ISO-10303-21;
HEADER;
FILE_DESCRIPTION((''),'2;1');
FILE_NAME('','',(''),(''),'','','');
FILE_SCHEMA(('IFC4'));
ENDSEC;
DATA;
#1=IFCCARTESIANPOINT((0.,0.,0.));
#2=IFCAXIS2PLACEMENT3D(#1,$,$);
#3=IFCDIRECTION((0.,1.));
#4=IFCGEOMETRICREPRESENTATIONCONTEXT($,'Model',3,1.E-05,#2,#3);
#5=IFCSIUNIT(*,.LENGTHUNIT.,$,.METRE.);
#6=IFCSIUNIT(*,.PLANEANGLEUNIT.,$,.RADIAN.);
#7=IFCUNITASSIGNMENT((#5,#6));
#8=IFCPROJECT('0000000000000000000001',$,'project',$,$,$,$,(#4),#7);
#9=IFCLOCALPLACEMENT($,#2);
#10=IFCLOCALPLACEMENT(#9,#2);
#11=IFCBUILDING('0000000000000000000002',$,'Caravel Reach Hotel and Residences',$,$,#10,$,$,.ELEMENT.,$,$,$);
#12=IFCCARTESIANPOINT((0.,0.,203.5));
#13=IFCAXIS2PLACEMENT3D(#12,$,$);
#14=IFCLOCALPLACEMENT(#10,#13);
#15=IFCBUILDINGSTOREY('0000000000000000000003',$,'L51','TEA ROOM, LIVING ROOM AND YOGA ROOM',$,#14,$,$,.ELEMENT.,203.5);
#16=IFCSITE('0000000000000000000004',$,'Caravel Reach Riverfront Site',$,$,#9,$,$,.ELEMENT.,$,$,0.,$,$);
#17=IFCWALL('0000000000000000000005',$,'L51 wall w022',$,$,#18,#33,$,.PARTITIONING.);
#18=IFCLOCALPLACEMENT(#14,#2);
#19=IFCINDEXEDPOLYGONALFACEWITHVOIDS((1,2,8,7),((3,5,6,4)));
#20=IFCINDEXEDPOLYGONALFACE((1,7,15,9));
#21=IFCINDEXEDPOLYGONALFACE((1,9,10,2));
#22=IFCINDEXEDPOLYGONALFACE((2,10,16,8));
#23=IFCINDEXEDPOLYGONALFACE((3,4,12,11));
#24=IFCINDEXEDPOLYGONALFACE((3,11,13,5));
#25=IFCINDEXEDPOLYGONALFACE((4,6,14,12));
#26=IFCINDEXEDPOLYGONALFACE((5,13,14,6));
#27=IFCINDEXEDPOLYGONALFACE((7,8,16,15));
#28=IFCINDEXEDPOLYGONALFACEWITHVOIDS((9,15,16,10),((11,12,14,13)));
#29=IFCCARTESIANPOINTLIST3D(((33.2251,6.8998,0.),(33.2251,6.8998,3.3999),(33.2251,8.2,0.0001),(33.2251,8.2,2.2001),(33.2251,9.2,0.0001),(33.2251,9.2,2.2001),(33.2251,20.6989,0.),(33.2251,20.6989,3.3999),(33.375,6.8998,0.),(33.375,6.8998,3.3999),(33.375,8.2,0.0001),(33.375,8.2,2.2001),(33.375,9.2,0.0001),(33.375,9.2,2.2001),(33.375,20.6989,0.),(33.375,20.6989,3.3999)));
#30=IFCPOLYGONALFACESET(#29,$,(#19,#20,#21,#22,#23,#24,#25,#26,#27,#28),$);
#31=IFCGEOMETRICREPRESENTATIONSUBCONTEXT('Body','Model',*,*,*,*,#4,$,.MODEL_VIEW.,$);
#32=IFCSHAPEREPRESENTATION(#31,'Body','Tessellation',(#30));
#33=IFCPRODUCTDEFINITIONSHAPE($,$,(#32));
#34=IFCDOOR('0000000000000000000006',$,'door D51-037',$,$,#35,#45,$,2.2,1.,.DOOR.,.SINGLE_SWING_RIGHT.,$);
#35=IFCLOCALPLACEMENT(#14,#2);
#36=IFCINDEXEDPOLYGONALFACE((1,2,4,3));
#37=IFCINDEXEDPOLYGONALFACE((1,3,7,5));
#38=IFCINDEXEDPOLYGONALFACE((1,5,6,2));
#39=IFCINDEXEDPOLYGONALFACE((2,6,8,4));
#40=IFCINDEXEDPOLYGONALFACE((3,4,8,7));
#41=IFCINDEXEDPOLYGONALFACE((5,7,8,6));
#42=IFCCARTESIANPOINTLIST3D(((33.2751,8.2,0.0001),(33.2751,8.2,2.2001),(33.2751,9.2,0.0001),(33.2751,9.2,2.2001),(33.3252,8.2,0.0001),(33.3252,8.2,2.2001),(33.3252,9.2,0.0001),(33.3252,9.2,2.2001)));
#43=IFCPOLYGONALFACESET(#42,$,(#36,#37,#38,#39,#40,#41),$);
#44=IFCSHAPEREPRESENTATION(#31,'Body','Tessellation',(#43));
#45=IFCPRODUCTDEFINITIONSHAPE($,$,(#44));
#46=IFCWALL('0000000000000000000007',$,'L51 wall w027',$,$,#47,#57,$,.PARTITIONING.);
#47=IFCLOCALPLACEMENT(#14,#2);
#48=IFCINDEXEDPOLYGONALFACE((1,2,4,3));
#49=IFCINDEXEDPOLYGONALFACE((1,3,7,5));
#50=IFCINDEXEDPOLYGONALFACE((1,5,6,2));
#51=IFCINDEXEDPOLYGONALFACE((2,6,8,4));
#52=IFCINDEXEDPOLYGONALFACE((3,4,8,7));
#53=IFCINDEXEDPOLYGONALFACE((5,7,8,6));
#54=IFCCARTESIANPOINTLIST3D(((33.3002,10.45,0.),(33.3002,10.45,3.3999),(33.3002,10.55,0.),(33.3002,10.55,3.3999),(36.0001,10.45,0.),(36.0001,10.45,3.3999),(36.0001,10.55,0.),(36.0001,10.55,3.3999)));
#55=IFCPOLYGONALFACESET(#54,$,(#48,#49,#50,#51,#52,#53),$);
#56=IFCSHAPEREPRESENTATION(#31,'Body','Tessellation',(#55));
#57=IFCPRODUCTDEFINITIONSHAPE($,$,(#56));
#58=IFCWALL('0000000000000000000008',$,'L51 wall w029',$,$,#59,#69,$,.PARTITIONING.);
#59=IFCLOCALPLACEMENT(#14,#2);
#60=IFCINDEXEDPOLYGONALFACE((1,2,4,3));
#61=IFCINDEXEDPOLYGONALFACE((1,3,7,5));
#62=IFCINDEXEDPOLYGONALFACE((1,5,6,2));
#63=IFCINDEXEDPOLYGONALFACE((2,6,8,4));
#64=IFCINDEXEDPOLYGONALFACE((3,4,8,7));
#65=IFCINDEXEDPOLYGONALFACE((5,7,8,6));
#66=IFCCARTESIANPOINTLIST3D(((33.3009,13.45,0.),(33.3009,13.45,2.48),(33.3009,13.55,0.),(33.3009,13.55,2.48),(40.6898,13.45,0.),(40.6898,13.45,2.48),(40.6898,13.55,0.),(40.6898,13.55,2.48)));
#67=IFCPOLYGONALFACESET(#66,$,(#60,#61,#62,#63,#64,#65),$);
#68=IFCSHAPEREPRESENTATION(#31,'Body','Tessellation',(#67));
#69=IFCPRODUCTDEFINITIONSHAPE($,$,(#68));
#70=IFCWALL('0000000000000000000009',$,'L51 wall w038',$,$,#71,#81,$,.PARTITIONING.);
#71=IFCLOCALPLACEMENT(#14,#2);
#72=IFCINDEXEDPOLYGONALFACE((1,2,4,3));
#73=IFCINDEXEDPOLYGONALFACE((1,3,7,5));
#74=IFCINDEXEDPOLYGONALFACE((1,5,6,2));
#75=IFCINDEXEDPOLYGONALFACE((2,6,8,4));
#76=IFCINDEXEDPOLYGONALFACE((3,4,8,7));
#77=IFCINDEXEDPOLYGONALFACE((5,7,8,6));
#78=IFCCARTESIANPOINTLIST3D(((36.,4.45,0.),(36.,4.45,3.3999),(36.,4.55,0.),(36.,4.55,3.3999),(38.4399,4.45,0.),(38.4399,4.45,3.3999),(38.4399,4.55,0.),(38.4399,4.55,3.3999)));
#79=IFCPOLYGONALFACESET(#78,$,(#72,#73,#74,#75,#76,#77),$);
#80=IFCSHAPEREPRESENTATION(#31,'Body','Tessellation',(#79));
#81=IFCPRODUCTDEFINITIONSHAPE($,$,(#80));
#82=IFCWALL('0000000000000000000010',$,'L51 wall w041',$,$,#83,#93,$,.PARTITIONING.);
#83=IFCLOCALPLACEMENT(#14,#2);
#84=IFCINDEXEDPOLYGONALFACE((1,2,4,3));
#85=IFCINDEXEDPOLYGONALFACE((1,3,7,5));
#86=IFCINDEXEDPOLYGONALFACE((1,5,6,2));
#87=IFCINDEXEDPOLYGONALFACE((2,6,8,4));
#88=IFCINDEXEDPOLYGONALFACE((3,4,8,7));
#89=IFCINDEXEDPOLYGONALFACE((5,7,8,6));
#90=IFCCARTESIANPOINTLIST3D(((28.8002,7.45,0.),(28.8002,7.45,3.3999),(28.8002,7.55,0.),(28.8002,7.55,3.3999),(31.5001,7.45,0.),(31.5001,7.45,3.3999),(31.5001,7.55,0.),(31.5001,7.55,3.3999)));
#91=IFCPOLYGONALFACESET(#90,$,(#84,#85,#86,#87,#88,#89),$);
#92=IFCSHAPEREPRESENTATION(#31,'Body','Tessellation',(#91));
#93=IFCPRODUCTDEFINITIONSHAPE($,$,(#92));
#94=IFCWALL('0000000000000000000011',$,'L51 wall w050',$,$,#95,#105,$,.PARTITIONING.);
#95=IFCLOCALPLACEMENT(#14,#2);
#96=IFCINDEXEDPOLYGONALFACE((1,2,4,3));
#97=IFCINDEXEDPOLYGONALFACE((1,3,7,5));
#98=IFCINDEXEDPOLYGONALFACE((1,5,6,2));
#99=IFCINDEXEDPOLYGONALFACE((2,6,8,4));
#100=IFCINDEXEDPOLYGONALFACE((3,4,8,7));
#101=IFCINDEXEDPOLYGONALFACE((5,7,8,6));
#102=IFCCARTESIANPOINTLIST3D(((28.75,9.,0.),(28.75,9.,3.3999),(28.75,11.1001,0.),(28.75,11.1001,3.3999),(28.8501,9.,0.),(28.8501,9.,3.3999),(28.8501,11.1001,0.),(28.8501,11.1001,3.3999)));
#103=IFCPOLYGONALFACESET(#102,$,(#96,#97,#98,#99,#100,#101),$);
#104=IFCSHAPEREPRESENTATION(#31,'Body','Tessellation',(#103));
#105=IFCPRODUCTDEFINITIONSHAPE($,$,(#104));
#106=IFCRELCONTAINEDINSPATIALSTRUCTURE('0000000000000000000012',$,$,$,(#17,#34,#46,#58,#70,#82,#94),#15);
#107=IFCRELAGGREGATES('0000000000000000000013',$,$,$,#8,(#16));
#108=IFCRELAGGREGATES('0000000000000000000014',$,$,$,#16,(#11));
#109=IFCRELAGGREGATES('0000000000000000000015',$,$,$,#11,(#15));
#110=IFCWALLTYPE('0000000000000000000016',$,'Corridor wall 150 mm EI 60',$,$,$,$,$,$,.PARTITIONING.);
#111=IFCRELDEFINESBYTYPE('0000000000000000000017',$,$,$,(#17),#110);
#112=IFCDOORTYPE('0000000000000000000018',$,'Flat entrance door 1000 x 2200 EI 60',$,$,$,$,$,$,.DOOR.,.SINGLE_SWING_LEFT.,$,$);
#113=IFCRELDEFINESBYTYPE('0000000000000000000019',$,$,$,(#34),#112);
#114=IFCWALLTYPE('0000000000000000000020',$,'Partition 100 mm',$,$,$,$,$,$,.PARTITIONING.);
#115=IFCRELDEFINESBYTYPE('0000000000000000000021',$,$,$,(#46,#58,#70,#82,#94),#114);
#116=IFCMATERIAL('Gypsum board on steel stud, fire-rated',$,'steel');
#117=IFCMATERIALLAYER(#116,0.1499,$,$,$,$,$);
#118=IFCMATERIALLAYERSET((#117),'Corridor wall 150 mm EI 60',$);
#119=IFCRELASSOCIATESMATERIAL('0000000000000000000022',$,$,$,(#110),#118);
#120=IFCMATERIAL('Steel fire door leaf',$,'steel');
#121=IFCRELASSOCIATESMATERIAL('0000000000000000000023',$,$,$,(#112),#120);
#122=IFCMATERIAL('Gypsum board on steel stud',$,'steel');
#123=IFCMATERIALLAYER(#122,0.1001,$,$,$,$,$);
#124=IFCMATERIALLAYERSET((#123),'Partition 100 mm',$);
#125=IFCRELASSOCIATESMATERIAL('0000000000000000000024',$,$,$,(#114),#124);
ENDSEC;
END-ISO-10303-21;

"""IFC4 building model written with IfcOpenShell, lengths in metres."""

from ifc_helpers import new_model, si_unit, direction, frame, frame_2d, origin, place, context, subcontext, project, spatial, rectangle, extrude, material, layer, layer_set, type_object, element, fill, save


model = new_model("IFC4")

# Units and contexts
model_context = context("Model", 3, precision=1e-05, world=origin(), true_north=direction((0.0, 1.0)))
body_context = subcontext(model_context, "Body", "Model", "MODEL_VIEW")
ifc_project = project(units=[si_unit("LENGTHUNIT", "METRE"), si_unit("PLANEANGLEUNIT", "RADIAN")], contexts=[model_context])

# Site, building, storey
site_placement = place(None, origin())
site = spatial("IfcSite", under=ifc_project, at=site_placement, Name="Caravel Reach Riverfront Site", CompositionType="ELEMENT", RefElevation=0.0)
building_placement = place(site_placement, origin())
building = spatial("IfcBuilding", under=site, at=building_placement, Name="Caravel Reach Hotel and Residences", CompositionType="ELEMENT")
storey_placement = place(building_placement, frame((0.0, 0.0, 203.5)))
storey = spatial("IfcBuildingStorey", under=building, at=storey_placement, Name="L51", Description="TEA ROOM, LIVING ROOM AND YOGA ROOM", CompositionType="ELEMENT", Elevation=203.5)

# Shared definitions
ifc_material_1 = material(Name="Gypsum board on steel stud, fire-rated", Category="steel")
ifc_layer_1 = layer(ifc_material_1, 0.1499)
ifc_layer_set_1 = layer_set([ifc_layer_1], Name="Corridor wall 150 mm EI 60")
wall_type_1 = type_object("IfcWallType", Name="Corridor wall 150 mm EI 60", PredefinedType="PARTITIONING", material=ifc_layer_set_1)
ifc_material_2 = material(Name="Steel fire door leaf", Category="steel")
door_type_1 = type_object("IfcDoorType", Name="Flat entrance door 1000 x 2200 EI 60", OperationType="SINGLE_SWING_LEFT", PredefinedType="DOOR", material=ifc_material_2)

# Wall, opening, door
wall_1_placement = place(storey_placement, frame((33.3, 6.8999, 0.0), z_axis=(0.0, 0.0, 1.0), x_axis=(0.0, 1.0, 0.0)))
wall_1 = element("IfcWall", 1, at=wall_1_placement, inside=storey, type_object=wall_type_1, Name="L51 wall w022", PredefinedType="PARTITIONING", context=body_context, shape_type="SweptSolid", body=[
    extrude(rectangle(XDim=13.7991, YDim=0.1499, at=frame_2d((6.8994, 0.0))), origin(), (0.0, 0.0, 1.0), 3.3999),
])
opening_1_placement = place(wall_1_placement, frame((1.3, 0.0, 0.0)))
opening_1 = element("IfcOpeningElement", 2, at=opening_1_placement, cuts=wall_1, PredefinedType="OPENING", context=body_context, shape_type="SweptSolid", body=[
    extrude(rectangle(XDim=1.0, YDim=2.2, at=frame_2d((0.5, 1.1001))), frame((0.0, 0.085, 0.0), z_axis=(0.0, -1.0, 0.0), x_axis=(1.0, 0.0, 0.0)), (0.0, 0.0, 1.0), 0.1699),
])
door_1_placement = place(opening_1_placement, origin())
door_1 = element("IfcDoor", 3, at=door_1_placement, inside=storey, type_object=door_type_1, Name="door D51-037", OperationType="SINGLE_SWING_RIGHT", OverallHeight=2.2, OverallWidth=1.0, PredefinedType="DOOR", context=body_context, shape_type="SweptSolid", body=[
    extrude(rectangle(XDim=1.0, YDim=2.2, at=frame_2d((0.5, 1.1001))), frame((0.0, 0.0249, 0.0), z_axis=(0.0, -1.0, 0.0), x_axis=(1.0, 0.0, 0.0)), (0.0, 0.0, 1.0), 0.05),
])
fill(opening_1, door_1)

# Walls
ifc_material_3 = material(Name="Gypsum board on steel stud", Category="steel")
ifc_layer_2 = layer(ifc_material_3, 0.1001)
ifc_layer_set_2 = layer_set([ifc_layer_2], Name="Partition 100 mm")
wall_type_2 = type_object("IfcWallType", Name="Partition 100 mm", PredefinedType="PARTITIONING", material=ifc_layer_set_2)
wall_2_placement = place(storey_placement, frame((33.3, 10.5, 0.0), z_axis=(0.0, 0.0, 1.0), x_axis=(1.0, 0.0, 0.0)))
element("IfcWall", 4, at=wall_2_placement, inside=storey, type_object=wall_type_2, Name="L51 wall w027", PredefinedType="PARTITIONING", context=body_context, shape_type="SweptSolid", body=[
    extrude(rectangle(XDim=2.7, YDim=0.1001, at=frame_2d((1.3501, 0.0))), origin(), (0.0, 0.0, 1.0), 3.3999),
])
wall_3_placement = place(storey_placement, frame((33.301, 13.5, 0.0), z_axis=(0.0, 0.0, 1.0), x_axis=(1.0, 0.0, 0.0)))
element("IfcWall", 5, at=wall_3_placement, inside=storey, type_object=wall_type_2, Name="L51 wall w029", PredefinedType="PARTITIONING", context=body_context, shape_type="SweptSolid", body=[
    extrude(rectangle(XDim=7.3889, YDim=0.1001, at=frame_2d((3.6943, 0.0))), origin(), (0.0, 0.0, 1.0), 2.48),
])
wall_4_placement = place(storey_placement, frame((36.0, 4.5, 0.0), z_axis=(0.0, 0.0, 1.0), x_axis=(1.0, 0.0, 0.0)))
element("IfcWall", 6, at=wall_4_placement, inside=storey, type_object=wall_type_2, Name="L51 wall w038", PredefinedType="PARTITIONING", context=body_context, shape_type="SweptSolid", body=[
    extrude(rectangle(XDim=2.4399, YDim=0.1001, at=frame_2d((1.22, 0.0))), origin(), (0.0, 0.0, 1.0), 3.3999),
])
wall_5_placement = place(storey_placement, frame((28.8, 7.5, 0.0), z_axis=(0.0, 0.0, 1.0), x_axis=(1.0, 0.0, 0.0)))
element("IfcWall", 7, at=wall_5_placement, inside=storey, type_object=wall_type_2, Name="L51 wall w041", PredefinedType="PARTITIONING", context=body_context, shape_type="SweptSolid", body=[
    extrude(rectangle(XDim=2.7, YDim=0.1001, at=frame_2d((1.3501, 0.0))), origin(), (0.0, 0.0, 1.0), 3.3999),
])
wall_6_placement = place(storey_placement, frame((28.8, 9.0, 0.0), z_axis=(0.0, 0.0, 1.0), x_axis=(0.0, 1.0, 0.0)))
element("IfcWall", 8, at=wall_6_placement, inside=storey, type_object=wall_type_2, Name="L51 wall w050", PredefinedType="PARTITIONING", context=body_context, shape_type="SweptSolid", body=[
    extrude(rectangle(XDim=2.1001, YDim=0.1001, at=frame_2d((1.05, 0.0))), origin(), (0.0, 0.0, 1.0), 3.3999),
])

save(model, "model.ifc")
